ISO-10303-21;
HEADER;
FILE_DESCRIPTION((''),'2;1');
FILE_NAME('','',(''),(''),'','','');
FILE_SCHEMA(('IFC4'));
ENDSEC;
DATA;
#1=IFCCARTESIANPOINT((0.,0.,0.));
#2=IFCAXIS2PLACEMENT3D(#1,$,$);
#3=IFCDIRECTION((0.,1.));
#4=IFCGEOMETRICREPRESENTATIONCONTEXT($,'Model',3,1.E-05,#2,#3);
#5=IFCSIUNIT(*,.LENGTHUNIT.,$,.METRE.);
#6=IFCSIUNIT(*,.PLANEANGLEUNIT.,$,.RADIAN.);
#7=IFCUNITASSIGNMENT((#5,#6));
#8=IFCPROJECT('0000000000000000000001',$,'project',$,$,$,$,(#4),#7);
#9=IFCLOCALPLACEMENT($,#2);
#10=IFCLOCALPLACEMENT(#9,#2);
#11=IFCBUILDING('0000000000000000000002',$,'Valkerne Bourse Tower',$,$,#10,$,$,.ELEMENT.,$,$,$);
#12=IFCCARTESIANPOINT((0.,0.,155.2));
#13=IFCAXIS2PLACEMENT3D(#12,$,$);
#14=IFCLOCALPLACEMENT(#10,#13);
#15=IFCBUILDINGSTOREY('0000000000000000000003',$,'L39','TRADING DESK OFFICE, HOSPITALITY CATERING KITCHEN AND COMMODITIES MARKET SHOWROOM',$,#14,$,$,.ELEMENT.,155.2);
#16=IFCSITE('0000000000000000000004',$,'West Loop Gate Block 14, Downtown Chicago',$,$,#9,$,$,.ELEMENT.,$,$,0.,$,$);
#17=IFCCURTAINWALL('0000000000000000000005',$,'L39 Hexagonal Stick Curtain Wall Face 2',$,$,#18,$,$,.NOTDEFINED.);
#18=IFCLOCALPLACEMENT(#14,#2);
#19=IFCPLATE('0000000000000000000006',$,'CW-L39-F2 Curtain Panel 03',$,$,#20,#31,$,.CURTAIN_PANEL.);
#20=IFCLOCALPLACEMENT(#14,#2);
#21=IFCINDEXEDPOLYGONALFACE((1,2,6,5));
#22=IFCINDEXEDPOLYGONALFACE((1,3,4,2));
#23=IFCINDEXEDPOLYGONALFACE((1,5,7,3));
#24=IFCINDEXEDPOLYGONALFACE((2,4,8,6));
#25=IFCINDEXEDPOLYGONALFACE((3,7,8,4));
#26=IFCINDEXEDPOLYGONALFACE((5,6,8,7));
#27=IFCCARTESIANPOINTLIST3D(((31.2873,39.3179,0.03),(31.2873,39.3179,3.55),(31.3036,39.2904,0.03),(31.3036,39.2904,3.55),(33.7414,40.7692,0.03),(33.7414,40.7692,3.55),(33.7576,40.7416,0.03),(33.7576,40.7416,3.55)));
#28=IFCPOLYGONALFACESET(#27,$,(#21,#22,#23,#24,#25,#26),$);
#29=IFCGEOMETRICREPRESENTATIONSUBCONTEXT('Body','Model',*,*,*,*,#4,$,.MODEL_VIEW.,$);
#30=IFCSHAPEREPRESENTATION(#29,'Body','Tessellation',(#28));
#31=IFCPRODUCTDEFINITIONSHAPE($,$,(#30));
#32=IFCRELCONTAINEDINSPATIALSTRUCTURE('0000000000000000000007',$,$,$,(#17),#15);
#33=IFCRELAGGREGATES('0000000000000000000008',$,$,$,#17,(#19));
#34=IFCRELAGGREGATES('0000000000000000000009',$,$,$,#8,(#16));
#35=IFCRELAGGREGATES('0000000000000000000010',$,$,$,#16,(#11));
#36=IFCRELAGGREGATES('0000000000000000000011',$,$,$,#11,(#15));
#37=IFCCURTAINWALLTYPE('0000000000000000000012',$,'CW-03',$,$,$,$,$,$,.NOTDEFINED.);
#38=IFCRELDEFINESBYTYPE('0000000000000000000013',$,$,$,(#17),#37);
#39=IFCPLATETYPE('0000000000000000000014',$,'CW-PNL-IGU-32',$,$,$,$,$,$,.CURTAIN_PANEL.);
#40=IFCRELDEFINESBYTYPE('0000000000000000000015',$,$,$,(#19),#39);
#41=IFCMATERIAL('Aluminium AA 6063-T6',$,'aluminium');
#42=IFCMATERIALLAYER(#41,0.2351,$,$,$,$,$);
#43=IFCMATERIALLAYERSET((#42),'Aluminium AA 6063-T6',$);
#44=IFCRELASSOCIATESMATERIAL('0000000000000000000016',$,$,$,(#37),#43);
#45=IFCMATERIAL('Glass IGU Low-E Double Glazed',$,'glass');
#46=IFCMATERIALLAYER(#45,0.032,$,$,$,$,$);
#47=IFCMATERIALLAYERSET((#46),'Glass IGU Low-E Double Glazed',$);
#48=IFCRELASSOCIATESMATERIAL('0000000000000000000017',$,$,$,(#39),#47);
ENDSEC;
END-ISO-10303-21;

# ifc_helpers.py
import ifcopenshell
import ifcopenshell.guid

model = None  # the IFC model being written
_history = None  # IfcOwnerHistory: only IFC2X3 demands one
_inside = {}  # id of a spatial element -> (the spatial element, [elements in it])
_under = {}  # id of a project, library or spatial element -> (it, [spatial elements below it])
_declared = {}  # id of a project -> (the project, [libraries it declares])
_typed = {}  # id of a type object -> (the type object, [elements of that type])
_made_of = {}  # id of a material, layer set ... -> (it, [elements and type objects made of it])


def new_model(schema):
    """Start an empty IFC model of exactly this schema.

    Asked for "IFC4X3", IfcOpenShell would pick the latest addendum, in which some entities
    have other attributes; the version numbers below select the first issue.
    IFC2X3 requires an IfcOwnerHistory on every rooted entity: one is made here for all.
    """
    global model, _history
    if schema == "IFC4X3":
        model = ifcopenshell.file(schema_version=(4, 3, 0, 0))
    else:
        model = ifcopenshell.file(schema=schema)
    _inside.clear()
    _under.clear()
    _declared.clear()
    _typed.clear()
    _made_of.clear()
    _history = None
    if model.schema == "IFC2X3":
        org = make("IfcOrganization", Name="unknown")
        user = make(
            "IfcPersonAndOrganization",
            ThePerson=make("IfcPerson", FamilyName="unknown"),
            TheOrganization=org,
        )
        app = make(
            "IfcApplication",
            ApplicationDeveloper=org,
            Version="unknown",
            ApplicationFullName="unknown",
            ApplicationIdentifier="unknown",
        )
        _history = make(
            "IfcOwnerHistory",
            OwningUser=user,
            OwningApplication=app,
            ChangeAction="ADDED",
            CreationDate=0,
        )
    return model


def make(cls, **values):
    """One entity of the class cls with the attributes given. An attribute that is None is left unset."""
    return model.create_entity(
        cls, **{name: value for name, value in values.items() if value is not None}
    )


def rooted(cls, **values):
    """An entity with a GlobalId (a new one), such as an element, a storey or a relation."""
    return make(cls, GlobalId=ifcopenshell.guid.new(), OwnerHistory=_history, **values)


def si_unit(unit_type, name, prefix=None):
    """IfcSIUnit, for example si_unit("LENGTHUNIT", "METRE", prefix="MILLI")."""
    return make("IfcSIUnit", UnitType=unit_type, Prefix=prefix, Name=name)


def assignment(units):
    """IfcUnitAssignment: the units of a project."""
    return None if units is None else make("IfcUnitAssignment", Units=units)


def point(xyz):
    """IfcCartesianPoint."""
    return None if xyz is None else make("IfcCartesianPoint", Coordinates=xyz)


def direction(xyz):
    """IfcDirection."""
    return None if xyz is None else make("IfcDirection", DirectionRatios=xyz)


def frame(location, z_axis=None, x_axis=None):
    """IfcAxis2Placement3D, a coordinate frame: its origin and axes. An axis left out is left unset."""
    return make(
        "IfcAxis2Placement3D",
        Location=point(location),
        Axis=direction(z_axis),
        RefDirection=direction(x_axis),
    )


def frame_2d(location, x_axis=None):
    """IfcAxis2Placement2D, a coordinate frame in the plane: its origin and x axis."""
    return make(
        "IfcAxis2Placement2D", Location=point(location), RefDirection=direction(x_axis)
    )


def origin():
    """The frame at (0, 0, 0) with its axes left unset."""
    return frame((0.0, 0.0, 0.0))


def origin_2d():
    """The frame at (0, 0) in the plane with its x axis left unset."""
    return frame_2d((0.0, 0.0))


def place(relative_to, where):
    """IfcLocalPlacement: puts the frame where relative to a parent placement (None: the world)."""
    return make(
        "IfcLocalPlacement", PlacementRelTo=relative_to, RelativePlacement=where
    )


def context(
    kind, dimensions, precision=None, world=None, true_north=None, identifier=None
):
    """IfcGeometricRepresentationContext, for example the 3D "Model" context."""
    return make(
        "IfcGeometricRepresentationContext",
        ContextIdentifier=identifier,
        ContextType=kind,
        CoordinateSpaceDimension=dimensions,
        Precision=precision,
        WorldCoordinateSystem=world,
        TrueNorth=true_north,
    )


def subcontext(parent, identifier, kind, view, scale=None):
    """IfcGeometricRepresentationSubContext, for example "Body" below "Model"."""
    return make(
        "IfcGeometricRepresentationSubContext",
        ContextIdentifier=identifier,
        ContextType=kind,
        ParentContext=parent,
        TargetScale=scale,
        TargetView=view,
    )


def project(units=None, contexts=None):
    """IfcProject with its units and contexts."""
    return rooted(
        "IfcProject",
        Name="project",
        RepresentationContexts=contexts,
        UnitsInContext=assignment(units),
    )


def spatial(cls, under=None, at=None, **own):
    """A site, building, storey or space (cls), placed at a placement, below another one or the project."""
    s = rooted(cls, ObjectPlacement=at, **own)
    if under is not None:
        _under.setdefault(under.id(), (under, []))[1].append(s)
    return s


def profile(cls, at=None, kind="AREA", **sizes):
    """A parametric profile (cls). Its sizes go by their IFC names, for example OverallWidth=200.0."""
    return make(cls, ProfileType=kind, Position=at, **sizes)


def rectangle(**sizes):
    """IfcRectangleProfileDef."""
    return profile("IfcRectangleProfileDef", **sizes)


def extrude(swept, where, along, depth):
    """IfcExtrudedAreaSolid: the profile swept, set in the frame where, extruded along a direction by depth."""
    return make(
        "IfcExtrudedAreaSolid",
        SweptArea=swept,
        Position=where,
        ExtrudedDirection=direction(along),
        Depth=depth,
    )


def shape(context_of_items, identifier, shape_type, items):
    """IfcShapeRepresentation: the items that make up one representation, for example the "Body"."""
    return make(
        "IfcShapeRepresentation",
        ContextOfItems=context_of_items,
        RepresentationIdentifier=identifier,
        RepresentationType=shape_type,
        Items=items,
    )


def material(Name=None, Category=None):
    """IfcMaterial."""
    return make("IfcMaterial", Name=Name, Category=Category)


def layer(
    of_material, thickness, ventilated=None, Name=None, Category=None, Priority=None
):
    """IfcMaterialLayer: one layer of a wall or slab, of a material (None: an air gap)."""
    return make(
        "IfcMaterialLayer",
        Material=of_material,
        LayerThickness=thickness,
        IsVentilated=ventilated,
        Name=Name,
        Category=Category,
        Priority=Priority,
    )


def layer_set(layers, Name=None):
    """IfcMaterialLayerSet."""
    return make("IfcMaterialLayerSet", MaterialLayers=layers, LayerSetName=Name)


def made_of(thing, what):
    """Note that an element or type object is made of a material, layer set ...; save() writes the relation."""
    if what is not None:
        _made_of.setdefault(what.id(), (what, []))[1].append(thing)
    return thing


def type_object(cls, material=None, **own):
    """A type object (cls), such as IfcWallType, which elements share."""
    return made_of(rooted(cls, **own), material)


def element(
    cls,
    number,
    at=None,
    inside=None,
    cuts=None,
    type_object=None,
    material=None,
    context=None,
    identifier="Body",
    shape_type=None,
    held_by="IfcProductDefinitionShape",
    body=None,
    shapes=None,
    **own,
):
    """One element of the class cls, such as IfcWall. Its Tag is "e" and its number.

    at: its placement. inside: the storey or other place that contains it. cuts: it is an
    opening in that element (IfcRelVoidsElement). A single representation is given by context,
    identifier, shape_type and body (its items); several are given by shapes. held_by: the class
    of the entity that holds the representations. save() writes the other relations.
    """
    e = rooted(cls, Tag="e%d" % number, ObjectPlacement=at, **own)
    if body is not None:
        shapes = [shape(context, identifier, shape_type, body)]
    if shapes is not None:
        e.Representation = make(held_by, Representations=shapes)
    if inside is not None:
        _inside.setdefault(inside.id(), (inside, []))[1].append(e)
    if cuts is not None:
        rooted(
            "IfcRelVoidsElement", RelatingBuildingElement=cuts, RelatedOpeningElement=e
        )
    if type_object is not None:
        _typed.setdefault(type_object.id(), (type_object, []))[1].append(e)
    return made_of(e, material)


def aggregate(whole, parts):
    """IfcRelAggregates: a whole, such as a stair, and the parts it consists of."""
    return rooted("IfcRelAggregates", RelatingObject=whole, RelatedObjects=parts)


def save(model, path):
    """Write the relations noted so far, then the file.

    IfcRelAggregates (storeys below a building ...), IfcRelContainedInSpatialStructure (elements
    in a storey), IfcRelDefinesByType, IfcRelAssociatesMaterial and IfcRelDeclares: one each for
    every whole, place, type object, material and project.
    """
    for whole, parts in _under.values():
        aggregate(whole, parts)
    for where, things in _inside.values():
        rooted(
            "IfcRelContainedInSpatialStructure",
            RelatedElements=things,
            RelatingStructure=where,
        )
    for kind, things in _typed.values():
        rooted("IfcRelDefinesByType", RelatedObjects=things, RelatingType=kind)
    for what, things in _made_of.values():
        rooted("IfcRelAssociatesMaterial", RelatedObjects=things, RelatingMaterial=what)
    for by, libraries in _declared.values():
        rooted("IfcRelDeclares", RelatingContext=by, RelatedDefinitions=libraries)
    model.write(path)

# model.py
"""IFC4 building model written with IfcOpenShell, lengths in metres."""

from ifc_helpers import new_model, si_unit, direction, frame, origin, origin_2d, place, context, subcontext, project, spatial, rectangle, extrude, material, layer, layer_set, type_object, element, aggregate, save


model = new_model("IFC4")

# Units and contexts
model_context = context("Model", 3, precision=1e-05, world=origin(), true_north=direction((0.0, 1.0)))
body_context = subcontext(model_context, "Body", "Model", "MODEL_VIEW")
ifc_project = project(units=[si_unit("LENGTHUNIT", "METRE"), si_unit("PLANEANGLEUNIT", "RADIAN")], contexts=[model_context])

# Site, building, storey
site_placement = place(None, origin())
site = spatial("IfcSite", under=ifc_project, at=site_placement, Name="West Loop Gate Block 14, Downtown Chicago", CompositionType="ELEMENT", RefElevation=0.0)
building_placement = place(site_placement, origin())
building = spatial("IfcBuilding", under=site, at=building_placement, Name="Valkerne Bourse Tower", CompositionType="ELEMENT")
storey_placement = place(building_placement, frame((0.0, 0.0, 155.2)))
storey = spatial("IfcBuildingStorey", under=building, at=storey_placement, Name="L39", Description="TRADING DESK OFFICE, HOSPITALITY CATERING KITCHEN AND COMMODITIES MARKET SHOWROOM", CompositionType="ELEMENT", Elevation=155.2)

# Curtain wall
ifc_material_1 = material(Name="Aluminium AA 6063-T6", Category="aluminium")
ifc_layer_1 = layer(ifc_material_1, 0.2351)
ifc_layer_set_1 = layer_set([ifc_layer_1], Name="Aluminium AA 6063-T6")
curtain_wall_type = type_object("IfcCurtainWallType", Name="CW-03", PredefinedType="NOTDEFINED", material=ifc_layer_set_1)
curtain_wall_placement = place(storey_placement, origin())
curtain_wall = element("IfcCurtainWall", 1, at=curtain_wall_placement, inside=storey, type_object=curtain_wall_type, Name="L39 Hexagonal Stick Curtain Wall Face 2", PredefinedType="NOTDEFINED")

# Plate
ifc_material_2 = material(Name="Glass IGU Low-E Double Glazed", Category="glass")
ifc_layer_2 = layer(ifc_material_2, 0.032)
ifc_layer_set_2 = layer_set([ifc_layer_2], Name="Glass IGU Low-E Double Glazed")
plate_type = type_object("IfcPlateType", Name="CW-PNL-IGU-32", PredefinedType="CURTAIN_PANEL", material=ifc_layer_set_2)
plate_1_placement = place(storey_placement, frame((32.5225, 40.0298, 0.03), z_axis=(0.0, 0.0, 1.0), x_axis=(-0.860756, -0.509018, 0.0)))
plate_1 = element("IfcPlate", 2, at=plate_1_placement, type_object=plate_type, Name="CW-L39-F2 Curtain Panel 03", PredefinedType="CURTAIN_PANEL", context=body_context, shape_type="SweptSolid", body=[
    extrude(rectangle(XDim=2.8511, YDim=0.032, at=origin_2d()), origin(), (0.0, 0.0, 1.0), 3.52),
])
aggregate(curtain_wall, [plate_1])

save(model, "model.ifc")
